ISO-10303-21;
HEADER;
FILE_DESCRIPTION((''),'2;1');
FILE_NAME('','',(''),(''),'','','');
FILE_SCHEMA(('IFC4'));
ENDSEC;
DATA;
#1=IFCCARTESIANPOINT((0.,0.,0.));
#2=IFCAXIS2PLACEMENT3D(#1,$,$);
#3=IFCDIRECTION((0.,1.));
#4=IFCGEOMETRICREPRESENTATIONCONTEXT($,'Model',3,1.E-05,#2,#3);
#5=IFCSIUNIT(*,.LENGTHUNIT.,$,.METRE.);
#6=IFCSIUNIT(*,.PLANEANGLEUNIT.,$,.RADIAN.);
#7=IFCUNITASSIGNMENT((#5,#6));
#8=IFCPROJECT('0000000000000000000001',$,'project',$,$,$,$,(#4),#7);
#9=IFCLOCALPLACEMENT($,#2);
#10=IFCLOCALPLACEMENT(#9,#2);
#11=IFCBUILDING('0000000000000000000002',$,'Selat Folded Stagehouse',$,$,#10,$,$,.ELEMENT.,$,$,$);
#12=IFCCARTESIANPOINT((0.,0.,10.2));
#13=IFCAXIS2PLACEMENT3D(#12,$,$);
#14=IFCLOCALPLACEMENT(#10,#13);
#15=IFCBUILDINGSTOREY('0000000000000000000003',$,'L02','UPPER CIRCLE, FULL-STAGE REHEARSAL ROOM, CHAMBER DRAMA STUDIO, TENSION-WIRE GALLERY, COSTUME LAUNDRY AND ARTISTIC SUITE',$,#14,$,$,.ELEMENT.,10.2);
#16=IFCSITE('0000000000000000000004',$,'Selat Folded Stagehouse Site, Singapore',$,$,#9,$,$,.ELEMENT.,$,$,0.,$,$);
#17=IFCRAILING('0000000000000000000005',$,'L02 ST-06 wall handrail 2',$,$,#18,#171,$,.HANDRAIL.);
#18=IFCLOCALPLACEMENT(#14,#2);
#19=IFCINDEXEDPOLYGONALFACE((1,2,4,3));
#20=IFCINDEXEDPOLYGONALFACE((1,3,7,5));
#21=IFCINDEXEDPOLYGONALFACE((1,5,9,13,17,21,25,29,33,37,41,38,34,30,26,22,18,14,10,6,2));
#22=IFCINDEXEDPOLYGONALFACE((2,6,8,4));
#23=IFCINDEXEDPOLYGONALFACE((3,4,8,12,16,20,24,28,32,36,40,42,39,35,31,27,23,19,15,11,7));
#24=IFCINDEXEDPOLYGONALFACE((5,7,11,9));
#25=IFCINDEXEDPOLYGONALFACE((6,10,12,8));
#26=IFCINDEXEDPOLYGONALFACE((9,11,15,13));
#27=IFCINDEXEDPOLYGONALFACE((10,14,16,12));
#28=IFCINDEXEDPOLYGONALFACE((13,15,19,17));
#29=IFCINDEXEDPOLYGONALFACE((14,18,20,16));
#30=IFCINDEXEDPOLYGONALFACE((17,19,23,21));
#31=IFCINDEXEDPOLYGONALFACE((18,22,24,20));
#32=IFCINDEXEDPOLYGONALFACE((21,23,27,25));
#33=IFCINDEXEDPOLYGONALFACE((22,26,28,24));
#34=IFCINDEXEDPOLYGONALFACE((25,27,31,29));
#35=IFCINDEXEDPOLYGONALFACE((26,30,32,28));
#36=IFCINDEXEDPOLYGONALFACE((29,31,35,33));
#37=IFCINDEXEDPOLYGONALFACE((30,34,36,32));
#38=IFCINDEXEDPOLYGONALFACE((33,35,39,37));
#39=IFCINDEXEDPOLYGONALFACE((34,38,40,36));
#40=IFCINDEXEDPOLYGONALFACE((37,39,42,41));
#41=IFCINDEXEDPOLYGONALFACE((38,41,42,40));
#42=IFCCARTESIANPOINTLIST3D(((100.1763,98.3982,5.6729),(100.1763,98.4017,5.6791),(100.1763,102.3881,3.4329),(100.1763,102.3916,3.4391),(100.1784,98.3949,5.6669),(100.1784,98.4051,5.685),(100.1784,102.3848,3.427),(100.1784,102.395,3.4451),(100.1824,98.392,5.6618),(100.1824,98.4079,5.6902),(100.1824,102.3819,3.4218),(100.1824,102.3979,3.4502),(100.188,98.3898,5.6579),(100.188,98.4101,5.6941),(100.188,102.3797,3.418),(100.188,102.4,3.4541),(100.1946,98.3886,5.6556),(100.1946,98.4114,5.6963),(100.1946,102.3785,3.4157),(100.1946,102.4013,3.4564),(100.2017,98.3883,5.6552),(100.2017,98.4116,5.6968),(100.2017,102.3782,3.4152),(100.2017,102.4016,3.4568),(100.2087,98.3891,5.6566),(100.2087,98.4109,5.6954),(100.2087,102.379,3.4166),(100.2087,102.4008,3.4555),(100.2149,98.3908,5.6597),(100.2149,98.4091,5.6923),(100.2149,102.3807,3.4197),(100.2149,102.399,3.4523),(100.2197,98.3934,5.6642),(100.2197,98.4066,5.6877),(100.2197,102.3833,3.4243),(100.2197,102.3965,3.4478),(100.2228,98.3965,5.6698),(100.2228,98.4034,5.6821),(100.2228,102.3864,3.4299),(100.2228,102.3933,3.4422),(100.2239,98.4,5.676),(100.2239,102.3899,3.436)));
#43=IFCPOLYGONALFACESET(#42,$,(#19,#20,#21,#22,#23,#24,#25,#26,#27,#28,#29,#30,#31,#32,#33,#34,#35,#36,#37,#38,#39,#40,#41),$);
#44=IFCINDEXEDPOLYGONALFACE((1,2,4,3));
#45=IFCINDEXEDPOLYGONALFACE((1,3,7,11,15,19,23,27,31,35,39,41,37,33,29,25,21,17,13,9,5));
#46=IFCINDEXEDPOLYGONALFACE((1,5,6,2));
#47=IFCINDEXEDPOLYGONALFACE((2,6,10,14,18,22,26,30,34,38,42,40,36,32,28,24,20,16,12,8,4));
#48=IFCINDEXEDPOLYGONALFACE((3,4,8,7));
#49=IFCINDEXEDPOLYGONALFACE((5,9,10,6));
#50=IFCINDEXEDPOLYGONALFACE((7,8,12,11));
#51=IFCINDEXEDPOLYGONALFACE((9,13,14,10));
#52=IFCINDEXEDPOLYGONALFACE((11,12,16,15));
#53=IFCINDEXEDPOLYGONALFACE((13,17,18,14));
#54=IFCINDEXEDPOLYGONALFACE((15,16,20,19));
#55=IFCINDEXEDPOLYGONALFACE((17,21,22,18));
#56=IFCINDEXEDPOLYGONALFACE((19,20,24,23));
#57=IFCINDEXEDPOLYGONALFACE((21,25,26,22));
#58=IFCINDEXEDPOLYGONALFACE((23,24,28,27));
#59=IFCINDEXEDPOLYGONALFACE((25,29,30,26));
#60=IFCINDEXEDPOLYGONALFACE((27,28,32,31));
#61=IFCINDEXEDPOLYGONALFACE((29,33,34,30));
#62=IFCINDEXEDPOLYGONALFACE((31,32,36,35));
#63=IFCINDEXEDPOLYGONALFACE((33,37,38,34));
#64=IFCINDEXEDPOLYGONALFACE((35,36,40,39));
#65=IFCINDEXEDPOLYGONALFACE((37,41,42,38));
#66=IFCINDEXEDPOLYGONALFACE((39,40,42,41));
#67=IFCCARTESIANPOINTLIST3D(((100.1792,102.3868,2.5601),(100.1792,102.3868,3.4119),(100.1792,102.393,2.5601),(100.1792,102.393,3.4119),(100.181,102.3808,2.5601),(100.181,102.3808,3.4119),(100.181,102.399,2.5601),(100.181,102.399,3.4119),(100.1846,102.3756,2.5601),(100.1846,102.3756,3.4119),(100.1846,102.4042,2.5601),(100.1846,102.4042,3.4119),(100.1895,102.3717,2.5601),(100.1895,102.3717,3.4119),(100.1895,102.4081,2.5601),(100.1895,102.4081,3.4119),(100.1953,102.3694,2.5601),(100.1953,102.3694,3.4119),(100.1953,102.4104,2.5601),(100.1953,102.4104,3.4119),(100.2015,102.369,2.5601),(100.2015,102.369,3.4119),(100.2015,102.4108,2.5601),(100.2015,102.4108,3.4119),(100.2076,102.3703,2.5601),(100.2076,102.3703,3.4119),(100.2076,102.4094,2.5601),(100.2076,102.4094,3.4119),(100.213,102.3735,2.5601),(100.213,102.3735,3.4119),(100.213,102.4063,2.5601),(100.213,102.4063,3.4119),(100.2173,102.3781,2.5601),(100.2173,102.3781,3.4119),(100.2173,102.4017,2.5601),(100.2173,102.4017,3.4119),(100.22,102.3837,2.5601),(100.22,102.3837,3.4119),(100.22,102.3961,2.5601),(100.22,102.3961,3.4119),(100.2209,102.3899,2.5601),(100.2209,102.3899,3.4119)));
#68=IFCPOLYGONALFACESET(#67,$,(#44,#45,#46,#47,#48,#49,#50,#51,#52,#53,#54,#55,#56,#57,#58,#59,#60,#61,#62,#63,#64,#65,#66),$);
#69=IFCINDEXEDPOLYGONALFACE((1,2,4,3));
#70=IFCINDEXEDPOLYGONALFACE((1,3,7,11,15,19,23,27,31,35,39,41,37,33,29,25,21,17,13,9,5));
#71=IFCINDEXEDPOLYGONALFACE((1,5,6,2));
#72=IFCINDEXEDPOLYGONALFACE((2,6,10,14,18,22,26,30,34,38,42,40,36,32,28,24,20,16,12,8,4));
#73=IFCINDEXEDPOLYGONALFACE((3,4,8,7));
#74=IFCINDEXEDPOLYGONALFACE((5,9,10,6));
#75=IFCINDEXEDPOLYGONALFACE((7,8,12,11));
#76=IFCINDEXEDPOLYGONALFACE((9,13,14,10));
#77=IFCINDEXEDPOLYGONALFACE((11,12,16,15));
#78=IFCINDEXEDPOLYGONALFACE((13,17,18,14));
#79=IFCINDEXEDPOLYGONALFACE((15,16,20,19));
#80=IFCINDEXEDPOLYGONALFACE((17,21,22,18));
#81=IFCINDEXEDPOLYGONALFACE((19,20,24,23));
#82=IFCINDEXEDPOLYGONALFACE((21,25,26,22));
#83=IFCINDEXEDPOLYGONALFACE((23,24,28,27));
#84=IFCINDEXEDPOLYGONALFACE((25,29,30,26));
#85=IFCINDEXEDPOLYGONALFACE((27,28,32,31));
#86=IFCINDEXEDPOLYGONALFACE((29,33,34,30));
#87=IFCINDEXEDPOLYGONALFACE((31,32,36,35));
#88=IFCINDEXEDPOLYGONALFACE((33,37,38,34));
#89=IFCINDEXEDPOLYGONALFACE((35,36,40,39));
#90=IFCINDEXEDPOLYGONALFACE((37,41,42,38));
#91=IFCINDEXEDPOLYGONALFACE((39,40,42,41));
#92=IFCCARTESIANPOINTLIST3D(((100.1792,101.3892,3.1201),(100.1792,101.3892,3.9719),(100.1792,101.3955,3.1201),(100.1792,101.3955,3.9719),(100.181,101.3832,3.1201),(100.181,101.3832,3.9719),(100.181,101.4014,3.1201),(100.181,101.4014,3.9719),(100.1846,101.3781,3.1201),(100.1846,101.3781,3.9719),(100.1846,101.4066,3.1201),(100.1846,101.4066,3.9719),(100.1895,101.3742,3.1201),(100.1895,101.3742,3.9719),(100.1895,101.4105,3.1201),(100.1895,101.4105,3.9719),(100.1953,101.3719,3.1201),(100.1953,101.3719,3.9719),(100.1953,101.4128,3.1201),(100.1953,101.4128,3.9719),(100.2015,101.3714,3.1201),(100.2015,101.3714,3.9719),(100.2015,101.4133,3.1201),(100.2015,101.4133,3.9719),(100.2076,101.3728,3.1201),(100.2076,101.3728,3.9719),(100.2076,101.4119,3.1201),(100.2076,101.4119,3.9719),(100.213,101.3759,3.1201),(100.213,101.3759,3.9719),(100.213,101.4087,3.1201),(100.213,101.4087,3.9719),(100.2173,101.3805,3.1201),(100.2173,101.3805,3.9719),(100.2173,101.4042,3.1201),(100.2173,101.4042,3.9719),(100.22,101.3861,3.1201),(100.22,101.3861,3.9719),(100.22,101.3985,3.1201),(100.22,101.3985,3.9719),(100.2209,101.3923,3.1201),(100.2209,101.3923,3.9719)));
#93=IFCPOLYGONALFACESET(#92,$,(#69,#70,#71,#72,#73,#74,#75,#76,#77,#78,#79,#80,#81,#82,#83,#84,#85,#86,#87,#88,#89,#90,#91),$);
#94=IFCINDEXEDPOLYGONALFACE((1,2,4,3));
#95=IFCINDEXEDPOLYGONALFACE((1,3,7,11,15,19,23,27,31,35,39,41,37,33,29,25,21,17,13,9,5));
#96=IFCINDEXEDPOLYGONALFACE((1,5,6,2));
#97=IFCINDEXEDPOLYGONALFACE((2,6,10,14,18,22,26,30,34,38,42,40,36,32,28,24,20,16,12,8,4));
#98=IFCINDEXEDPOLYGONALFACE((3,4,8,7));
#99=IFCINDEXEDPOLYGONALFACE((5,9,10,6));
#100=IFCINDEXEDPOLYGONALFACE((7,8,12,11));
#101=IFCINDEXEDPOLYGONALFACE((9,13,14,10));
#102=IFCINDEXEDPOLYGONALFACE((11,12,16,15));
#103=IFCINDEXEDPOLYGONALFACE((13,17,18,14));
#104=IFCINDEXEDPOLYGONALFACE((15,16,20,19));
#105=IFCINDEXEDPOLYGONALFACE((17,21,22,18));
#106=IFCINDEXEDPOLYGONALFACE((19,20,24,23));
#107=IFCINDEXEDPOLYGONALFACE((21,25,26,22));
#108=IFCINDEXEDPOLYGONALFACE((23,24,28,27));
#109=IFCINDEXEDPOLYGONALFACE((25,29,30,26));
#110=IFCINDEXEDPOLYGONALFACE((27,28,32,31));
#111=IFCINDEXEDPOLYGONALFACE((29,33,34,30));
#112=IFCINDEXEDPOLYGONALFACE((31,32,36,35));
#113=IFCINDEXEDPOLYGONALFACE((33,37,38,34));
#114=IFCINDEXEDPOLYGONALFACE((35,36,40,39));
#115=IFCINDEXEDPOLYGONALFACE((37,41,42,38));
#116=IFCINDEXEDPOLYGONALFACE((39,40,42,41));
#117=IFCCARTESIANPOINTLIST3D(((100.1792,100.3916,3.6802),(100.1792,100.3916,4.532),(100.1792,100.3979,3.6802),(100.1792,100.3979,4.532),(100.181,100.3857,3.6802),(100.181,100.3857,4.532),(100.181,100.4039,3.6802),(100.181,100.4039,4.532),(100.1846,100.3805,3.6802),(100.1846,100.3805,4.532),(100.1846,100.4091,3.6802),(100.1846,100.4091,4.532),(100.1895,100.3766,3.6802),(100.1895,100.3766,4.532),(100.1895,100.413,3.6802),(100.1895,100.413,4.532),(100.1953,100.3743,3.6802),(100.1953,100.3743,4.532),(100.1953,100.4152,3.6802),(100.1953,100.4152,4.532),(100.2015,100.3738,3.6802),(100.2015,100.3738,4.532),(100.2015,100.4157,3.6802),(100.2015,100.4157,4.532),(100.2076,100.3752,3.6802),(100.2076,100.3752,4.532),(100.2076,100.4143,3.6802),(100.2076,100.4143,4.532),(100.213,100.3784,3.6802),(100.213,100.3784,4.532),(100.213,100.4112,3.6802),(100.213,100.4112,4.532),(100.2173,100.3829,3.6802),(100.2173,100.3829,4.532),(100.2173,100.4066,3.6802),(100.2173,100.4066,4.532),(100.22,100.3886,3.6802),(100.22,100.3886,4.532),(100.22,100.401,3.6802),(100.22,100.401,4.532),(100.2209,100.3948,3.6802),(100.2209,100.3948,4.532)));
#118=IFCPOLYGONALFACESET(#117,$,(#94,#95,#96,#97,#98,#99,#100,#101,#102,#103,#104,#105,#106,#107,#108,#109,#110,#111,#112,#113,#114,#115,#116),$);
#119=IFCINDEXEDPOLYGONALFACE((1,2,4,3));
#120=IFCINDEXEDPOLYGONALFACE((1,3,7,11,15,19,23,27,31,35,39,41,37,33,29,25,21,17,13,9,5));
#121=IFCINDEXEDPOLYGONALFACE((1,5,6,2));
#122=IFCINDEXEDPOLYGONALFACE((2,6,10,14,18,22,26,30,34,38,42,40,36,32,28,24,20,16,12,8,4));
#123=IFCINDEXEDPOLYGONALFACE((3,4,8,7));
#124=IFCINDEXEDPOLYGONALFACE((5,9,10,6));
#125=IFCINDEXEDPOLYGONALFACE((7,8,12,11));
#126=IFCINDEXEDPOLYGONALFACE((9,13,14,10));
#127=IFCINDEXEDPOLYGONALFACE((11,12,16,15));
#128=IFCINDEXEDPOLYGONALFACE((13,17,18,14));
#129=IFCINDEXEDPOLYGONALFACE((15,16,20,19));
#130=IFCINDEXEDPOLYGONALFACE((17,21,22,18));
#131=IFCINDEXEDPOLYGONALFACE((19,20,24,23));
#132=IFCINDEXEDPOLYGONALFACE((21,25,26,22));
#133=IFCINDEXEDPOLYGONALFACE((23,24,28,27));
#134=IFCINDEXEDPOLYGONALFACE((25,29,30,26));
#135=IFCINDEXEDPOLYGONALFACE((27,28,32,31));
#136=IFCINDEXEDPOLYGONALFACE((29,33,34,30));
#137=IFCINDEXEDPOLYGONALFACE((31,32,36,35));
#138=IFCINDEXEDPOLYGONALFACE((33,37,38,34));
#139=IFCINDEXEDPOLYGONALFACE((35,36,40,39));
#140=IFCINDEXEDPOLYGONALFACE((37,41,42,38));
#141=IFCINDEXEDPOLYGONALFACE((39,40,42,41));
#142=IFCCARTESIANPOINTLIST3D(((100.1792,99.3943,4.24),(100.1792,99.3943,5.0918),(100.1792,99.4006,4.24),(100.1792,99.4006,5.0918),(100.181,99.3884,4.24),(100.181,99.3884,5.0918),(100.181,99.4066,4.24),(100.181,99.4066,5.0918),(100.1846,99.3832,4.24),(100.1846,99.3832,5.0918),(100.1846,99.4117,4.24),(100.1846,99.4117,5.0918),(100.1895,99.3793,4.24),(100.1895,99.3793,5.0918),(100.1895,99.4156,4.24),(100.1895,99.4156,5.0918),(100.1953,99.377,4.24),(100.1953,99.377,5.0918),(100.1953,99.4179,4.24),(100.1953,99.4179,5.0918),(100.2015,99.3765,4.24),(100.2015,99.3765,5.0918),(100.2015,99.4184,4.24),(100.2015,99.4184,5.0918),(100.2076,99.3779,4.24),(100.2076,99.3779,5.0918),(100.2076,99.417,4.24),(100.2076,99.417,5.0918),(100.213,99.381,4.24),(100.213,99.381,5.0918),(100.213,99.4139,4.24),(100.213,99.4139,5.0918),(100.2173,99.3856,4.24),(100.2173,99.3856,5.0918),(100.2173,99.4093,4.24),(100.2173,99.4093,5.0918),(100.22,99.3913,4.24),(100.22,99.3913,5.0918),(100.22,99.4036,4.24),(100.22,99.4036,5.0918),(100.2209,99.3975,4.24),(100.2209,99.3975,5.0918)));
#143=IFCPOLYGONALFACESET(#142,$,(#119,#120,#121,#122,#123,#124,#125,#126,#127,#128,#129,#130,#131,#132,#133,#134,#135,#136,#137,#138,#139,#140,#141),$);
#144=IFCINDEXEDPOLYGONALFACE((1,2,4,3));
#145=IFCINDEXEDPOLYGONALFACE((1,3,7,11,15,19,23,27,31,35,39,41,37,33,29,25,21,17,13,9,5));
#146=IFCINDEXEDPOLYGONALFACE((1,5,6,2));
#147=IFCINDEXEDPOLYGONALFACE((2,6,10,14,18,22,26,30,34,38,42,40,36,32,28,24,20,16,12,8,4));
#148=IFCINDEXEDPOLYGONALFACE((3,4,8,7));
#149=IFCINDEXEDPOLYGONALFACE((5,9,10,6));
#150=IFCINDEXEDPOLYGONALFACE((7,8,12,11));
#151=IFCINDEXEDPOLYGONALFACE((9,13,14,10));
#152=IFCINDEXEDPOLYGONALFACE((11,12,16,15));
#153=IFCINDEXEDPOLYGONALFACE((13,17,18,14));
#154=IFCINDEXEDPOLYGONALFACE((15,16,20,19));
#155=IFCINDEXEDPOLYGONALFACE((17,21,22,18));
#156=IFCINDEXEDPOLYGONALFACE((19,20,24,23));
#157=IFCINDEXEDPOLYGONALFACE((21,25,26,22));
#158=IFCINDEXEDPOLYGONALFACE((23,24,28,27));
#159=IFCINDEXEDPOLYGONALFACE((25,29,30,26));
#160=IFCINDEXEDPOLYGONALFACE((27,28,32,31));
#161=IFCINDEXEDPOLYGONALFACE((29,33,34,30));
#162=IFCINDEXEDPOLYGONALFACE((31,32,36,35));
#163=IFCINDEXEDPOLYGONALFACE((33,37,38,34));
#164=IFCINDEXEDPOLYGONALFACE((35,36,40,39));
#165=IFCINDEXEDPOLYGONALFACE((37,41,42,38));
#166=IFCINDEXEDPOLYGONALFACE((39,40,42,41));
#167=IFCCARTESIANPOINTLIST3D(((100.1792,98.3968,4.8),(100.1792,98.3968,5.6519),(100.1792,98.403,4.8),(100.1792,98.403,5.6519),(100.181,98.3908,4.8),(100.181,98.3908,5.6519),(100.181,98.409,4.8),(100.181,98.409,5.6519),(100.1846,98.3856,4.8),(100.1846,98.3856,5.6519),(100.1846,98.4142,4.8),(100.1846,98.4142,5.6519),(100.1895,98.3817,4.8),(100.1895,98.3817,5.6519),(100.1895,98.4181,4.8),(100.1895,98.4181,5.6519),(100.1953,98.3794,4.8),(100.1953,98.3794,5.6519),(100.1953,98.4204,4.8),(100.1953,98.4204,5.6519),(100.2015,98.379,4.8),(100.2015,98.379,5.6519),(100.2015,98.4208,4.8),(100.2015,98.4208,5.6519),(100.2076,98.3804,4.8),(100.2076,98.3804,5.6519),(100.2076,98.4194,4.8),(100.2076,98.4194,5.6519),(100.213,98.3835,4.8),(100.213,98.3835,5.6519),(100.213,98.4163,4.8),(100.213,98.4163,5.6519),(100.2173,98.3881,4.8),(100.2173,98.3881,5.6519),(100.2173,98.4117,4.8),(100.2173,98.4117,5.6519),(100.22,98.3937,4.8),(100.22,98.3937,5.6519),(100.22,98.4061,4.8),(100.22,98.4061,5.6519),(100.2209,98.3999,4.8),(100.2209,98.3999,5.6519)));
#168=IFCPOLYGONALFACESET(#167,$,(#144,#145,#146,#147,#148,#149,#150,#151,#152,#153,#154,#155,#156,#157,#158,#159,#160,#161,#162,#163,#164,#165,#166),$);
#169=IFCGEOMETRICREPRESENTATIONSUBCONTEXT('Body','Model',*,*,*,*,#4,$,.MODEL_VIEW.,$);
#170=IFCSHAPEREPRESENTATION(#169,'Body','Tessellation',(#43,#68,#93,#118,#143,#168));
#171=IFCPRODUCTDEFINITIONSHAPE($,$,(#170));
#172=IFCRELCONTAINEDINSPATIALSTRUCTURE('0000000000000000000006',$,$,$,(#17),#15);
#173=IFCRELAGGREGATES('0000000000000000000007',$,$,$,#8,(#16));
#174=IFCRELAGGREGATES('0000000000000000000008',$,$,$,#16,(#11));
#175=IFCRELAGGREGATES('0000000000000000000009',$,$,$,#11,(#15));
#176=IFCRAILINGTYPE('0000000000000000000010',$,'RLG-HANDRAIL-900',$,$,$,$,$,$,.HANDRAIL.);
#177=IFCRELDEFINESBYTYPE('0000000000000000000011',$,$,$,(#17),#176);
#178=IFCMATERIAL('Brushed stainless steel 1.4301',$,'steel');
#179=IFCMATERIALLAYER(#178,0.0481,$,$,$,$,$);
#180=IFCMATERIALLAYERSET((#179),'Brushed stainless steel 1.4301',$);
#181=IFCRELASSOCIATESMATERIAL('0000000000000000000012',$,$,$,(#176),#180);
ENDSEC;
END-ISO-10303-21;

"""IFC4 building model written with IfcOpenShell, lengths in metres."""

from ifc_helpers import new_model, si_unit, direction, frame, origin, origin_2d, place, context, subcontext, project, spatial, circle, extrude, material, layer, layer_set, type_object, element, save


model = new_model("IFC4")

# Units and contexts
model_context = context("Model", 3, precision=1e-05, world=origin(), true_north=direction((0.0, 1.0)))
body_context = subcontext(model_context, "Body", "Model", "MODEL_VIEW")
ifc_project = project(units=[si_unit("LENGTHUNIT", "METRE"), si_unit("PLANEANGLEUNIT", "RADIAN")], contexts=[model_context])

# Site, building, storey
site_placement = place(None, origin())
site = spatial("IfcSite", under=ifc_project, at=site_placement, Name="Selat Folded Stagehouse Site, Singapore", CompositionType="ELEMENT", RefElevation=0.0)
building_placement = place(site_placement, origin())
building = spatial("IfcBuilding", under=site, at=building_placement, Name="Selat Folded Stagehouse", CompositionType="ELEMENT")
storey_placement = place(building_placement, frame((0.0, 0.0, 10.2)))
storey = spatial("IfcBuildingStorey", under=building, at=storey_placement, Name="L02", Description="UPPER CIRCLE, FULL-STAGE REHEARSAL ROOM, CHAMBER DRAMA STUDIO, TENSION-WIRE GALLERY, COSTUME LAUNDRY AND ARTISTIC SUITE", CompositionType="ELEMENT", Elevation=10.2)

# Railing
ifc_material_1 = material(Name="Brushed stainless steel 1.4301", Category="steel")
ifc_layer_1 = layer(ifc_material_1, 0.0481)
ifc_layer_set_1 = layer_set([ifc_layer_1], Name="Brushed stainless steel 1.4301")
railing_type_1 = type_object("IfcRailingType", Name="RLG-HANDRAIL-900", PredefinedType="HANDRAIL", material=ifc_layer_set_1)
railing_1_placement = place(storey_placement, frame((100.2, 102.3899, 2.5601)))
element("IfcRailing", 1, at=railing_1_placement, inside=storey, type_object=railing_type_1, Name="L02 ST-06 wall handrail 2", PredefinedType="HANDRAIL", context=body_context, shape_type="SweptSolid", body=[
    extrude(circle(Radius=0.0239, at=origin_2d()), frame((0.0, 0.0, 0.876), z_axis=(0.0, -0.871984, 0.489534), x_axis=(1.0, 0.0, 0.0)), (0.0, 0.0, 1.0), 4.5757),
    extrude(circle(Radius=0.021, at=origin_2d()), origin(), (0.0, 0.0, 1.0), 0.8518),
    extrude(circle(Radius=0.021, at=origin_2d()), frame((0.0, -0.9976, 0.5601)), (0.0, 0.0, 1.0), 0.8518),
    extrude(circle(Radius=0.021, at=origin_2d()), frame((0.0, -1.9951, 1.1201)), (0.0, 0.0, 1.0), 0.8518),
    extrude(circle(Radius=0.021, at=origin_2d()), frame((0.0, -2.9924, 1.6799)), (0.0, 0.0, 1.0), 0.8518),
    extrude(circle(Radius=0.021, at=origin_2d()), frame((0.0, -3.99, 2.24)), (0.0, 0.0, 1.0), 0.8518),
])

save(model, "model.ifc")
